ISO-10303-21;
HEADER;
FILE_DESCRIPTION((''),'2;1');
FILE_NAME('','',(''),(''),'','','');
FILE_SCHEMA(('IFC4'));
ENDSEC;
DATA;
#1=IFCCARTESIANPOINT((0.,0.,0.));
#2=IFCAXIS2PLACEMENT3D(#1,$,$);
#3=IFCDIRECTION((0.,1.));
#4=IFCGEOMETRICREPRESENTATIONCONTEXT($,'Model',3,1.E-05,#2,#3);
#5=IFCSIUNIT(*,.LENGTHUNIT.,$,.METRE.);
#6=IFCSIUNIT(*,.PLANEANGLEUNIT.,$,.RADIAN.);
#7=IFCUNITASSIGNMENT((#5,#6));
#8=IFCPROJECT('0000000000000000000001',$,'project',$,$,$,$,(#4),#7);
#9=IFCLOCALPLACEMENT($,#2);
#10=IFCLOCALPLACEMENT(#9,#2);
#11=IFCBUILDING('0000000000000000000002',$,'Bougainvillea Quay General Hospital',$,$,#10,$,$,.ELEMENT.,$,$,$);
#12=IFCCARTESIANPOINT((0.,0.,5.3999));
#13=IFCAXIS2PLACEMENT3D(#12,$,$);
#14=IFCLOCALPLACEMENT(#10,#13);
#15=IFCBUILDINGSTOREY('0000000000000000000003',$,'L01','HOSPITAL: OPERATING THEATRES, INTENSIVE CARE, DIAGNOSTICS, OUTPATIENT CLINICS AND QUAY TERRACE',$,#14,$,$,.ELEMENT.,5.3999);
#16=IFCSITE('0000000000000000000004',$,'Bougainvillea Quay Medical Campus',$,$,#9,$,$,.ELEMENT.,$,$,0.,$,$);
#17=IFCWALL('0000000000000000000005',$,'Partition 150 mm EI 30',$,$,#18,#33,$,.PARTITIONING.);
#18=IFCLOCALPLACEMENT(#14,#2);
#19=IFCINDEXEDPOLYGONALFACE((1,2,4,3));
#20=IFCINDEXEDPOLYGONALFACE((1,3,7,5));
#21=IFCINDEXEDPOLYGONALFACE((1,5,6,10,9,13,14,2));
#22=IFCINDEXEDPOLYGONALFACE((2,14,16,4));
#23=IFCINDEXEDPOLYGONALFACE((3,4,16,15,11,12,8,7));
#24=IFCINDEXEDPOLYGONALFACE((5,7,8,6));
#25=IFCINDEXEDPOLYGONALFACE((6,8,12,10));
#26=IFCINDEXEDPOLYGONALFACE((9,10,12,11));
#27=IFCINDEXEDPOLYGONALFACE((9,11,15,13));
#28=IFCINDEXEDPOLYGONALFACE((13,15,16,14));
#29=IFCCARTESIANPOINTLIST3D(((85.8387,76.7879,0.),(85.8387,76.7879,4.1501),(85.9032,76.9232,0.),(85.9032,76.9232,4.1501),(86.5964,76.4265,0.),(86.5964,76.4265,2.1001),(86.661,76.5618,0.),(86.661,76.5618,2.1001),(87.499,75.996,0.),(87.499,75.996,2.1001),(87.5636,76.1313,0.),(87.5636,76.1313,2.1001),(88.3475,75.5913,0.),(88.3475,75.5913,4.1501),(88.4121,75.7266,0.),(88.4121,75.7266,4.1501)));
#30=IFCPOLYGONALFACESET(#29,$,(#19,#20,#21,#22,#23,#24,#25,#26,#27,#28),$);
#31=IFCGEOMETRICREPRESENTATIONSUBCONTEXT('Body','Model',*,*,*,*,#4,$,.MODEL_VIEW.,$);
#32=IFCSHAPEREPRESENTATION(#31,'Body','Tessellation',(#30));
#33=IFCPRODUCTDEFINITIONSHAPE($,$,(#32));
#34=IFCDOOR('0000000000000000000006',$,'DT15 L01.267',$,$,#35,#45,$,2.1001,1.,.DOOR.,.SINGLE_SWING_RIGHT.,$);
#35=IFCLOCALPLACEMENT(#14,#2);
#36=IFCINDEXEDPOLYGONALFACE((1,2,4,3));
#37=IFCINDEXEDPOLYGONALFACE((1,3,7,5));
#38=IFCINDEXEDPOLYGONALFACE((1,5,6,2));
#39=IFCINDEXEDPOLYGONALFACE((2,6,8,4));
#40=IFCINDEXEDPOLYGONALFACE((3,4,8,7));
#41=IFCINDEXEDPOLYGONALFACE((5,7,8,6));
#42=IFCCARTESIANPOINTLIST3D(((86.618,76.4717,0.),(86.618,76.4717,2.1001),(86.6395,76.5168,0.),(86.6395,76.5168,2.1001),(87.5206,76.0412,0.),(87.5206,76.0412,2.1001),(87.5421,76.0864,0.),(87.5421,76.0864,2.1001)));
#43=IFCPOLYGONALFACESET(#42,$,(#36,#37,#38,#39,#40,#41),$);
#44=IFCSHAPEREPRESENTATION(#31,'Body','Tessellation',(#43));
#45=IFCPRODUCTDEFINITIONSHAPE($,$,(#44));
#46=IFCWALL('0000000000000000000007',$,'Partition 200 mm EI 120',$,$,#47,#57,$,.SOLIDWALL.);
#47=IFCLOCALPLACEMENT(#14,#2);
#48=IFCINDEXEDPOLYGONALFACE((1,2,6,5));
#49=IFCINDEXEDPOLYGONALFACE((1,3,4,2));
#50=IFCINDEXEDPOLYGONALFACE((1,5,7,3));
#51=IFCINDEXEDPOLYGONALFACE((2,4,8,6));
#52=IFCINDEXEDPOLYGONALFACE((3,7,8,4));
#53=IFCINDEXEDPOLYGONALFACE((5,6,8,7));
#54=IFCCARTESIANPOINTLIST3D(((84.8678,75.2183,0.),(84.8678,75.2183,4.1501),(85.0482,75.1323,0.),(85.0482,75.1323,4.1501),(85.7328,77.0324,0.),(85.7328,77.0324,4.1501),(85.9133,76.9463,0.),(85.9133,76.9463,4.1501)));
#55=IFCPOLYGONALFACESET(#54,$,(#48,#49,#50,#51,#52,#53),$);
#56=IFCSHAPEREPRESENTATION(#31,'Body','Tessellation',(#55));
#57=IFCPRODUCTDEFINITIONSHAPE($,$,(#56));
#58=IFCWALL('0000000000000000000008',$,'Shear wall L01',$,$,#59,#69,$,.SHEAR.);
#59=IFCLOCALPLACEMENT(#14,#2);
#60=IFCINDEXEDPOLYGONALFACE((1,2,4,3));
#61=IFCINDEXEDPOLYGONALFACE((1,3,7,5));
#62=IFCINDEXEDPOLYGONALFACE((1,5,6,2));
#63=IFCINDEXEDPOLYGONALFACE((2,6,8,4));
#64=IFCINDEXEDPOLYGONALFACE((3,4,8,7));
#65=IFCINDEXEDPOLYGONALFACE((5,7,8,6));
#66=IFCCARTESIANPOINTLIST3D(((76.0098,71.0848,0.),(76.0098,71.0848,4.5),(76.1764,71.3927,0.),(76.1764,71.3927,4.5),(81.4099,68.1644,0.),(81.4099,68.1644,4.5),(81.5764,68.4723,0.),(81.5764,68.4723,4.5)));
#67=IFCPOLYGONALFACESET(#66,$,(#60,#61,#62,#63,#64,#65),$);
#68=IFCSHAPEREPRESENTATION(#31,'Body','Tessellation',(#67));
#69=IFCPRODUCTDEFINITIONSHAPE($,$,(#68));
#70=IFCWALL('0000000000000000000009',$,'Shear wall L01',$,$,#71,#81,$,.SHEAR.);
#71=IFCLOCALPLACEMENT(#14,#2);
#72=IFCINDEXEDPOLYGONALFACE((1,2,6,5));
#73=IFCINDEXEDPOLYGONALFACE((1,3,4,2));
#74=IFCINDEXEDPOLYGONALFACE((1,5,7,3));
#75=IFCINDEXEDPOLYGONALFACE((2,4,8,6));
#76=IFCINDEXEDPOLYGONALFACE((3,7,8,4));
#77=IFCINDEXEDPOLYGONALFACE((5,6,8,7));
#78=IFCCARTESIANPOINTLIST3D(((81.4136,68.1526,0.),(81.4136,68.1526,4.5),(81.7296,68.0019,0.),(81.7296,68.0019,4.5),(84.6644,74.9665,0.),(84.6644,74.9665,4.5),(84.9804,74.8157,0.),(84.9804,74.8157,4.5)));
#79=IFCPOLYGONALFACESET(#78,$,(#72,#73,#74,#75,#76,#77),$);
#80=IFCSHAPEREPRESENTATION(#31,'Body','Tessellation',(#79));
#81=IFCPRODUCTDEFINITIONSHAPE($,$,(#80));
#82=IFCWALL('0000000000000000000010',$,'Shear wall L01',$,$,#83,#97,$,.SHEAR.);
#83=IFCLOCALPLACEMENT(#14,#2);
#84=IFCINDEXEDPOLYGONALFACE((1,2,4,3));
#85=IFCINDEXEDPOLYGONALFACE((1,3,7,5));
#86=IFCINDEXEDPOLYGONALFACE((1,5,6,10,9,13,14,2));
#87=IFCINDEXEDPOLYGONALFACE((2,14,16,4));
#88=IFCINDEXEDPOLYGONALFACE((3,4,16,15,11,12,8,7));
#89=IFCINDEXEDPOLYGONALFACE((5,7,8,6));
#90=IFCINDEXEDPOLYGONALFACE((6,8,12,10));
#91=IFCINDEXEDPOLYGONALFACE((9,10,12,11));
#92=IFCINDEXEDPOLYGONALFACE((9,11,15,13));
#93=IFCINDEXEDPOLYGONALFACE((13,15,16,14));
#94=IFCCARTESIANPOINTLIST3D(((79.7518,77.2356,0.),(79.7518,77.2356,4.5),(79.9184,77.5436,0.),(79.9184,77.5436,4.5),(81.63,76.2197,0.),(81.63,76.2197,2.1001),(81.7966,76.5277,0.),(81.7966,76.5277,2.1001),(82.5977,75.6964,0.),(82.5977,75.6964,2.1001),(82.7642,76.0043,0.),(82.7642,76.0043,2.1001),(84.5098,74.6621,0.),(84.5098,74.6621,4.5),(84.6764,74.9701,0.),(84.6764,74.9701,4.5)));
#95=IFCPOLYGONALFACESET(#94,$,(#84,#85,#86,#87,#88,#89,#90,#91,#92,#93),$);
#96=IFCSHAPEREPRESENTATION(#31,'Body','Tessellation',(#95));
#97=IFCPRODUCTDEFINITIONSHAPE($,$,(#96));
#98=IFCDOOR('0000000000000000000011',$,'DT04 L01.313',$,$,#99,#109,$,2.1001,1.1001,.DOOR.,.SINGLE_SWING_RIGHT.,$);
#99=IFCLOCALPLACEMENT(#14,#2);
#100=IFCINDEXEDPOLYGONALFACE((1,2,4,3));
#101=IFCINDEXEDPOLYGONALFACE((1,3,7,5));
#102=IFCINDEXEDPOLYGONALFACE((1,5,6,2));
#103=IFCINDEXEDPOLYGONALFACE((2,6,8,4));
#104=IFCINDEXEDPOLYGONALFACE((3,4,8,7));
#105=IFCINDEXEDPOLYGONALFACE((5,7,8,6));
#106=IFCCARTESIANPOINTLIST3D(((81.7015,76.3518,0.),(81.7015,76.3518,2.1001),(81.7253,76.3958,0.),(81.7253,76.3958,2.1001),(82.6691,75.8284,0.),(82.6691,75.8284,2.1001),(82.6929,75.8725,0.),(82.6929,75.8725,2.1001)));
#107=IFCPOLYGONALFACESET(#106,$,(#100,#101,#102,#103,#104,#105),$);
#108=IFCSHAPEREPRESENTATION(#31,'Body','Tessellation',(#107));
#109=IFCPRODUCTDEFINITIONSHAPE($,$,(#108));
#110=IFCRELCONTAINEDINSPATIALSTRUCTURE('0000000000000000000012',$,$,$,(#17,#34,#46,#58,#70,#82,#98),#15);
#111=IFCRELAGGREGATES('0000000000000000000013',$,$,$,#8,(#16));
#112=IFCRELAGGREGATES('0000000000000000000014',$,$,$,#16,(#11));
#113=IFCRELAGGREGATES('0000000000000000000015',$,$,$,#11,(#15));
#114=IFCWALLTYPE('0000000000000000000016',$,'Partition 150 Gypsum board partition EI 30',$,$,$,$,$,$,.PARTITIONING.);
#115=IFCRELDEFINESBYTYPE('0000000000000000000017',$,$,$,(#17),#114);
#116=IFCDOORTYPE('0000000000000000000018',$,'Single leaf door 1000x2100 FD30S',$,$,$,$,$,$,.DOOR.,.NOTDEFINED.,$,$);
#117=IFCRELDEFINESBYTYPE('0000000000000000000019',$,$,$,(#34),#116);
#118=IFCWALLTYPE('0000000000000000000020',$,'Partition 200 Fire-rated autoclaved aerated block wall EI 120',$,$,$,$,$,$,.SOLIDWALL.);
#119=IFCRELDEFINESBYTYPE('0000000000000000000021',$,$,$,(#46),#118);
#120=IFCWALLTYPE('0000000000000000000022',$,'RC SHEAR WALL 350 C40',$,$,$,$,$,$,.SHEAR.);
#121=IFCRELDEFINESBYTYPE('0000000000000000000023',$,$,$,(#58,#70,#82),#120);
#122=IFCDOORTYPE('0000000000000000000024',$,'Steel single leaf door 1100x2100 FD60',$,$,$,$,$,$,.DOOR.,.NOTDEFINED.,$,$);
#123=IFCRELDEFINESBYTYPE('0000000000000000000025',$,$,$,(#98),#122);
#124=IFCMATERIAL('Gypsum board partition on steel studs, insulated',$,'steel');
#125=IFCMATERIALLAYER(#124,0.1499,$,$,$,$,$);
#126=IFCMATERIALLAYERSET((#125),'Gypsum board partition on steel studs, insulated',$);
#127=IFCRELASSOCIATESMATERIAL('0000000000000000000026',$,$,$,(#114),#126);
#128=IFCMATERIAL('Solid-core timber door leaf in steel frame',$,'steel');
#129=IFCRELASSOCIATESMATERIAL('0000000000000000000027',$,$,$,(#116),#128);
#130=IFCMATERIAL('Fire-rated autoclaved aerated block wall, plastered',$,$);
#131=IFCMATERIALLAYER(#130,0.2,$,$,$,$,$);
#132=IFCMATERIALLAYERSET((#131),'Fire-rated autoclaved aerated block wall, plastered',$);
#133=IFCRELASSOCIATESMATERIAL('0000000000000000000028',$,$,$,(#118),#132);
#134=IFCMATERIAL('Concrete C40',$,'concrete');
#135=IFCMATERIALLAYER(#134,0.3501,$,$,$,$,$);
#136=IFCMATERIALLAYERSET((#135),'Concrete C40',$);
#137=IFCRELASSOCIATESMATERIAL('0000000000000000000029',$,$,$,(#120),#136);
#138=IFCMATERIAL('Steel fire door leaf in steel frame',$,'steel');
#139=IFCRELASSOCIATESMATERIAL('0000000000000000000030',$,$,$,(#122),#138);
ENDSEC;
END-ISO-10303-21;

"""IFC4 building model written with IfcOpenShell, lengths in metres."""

from ifc_helpers import new_model, si_unit, direction, frame, frame_2d, origin, place, context, subcontext, project, spatial, rectangle, extrude, material, layer, layer_set, type_object, element, fill, save


model = new_model("IFC4")

# Units and contexts
model_context = context("Model", 3, precision=1e-05, world=origin(), true_north=direction((0.0, 1.0)))
body_context = subcontext(model_context, "Body", "Model", "MODEL_VIEW")
ifc_project = project(units=[si_unit("LENGTHUNIT", "METRE"), si_unit("PLANEANGLEUNIT", "RADIAN")], contexts=[model_context])

# Site, building, storey
site_placement = place(None, origin())
site = spatial("IfcSite", under=ifc_project, at=site_placement, Name="Bougainvillea Quay Medical Campus", CompositionType="ELEMENT", RefElevation=0.0)
building_placement = place(site_placement, origin())
building = spatial("IfcBuilding", under=site, at=building_placement, Name="Bougainvillea Quay General Hospital", CompositionType="ELEMENT")
storey_placement = place(building_placement, frame((0.0, 0.0, 5.3999)))
storey = spatial("IfcBuildingStorey", under=building, at=storey_placement, Name="L01", Description="HOSPITAL: OPERATING THEATRES, INTENSIVE CARE, DIAGNOSTICS, OUTPATIENT CLINICS AND QUAY TERRACE", CompositionType="ELEMENT", Elevation=5.3999)

# Wall, opening, door
ifc_material_1 = material(Name="Gypsum board partition on steel studs, insulated", Category="steel")
ifc_layer_1 = layer(ifc_material_1, 0.1499)
ifc_layer_set_1 = layer_set([ifc_layer_1], Name="Gypsum board partition on steel studs, insulated")
wall_type_1 = type_object("IfcWallType", Name="Partition 150 Gypsum board partition EI 30", PredefinedType="PARTITIONING", material=ifc_layer_set_1)
wall_1_placement = place(storey_placement, frame((85.8711, 76.8555, 0.0), z_axis=(0.0, 0.0, 1.0), x_axis=(0.902599, -0.430482, 0.0)))
wall_1 = element("IfcWall", 1, at=wall_1_placement, inside=storey, type_object=wall_type_1, Name="Partition 150 mm EI 30", PredefinedType="PARTITIONING", context=body_context, shape_type="SweptSolid", body=[
    extrude(rectangle(XDim=2.7795, YDim=0.1499, at=frame_2d((1.3896, 0.0))), origin(), (0.0, 0.0, 1.0), 4.1501),
])
opening_1_placement = place(wall_1_placement, frame((0.8394, 0.0, 0.0)))
opening_1 = element("IfcOpeningElement", 2, at=opening_1_placement, cuts=wall_1, PredefinedType="OPENING", context=body_context, shape_type="SweptSolid", body=[
    extrude(rectangle(XDim=1.0, YDim=2.1001, at=frame_2d((0.5, 1.05))), frame((0.0, 0.085, 0.0), z_axis=(0.0, -1.0, 0.0), x_axis=(1.0, 0.0, 0.0)), (0.0, 0.0, 1.0), 0.1699),
])
ifc_material_2 = material(Name="Solid-core timber door leaf in steel frame", Category="steel")
door_type_1 = type_object("IfcDoorType", Name="Single leaf door 1000x2100 FD30S", OperationType="NOTDEFINED", PredefinedType="DOOR", material=ifc_material_2)
door_1_placement = place(opening_1_placement, frame((1.0, 0.0, 0.0), z_axis=(0.0, 0.0, 1.0), x_axis=(-1.0, 0.0, 0.0)))
door_1 = element("IfcDoor", 3, at=door_1_placement, inside=storey, type_object=door_type_1, Name="DT15 L01.267", OperationType="SINGLE_SWING_RIGHT", OverallHeight=2.1001, OverallWidth=1.0, PredefinedType="DOOR", context=body_context, shape_type="SweptSolid", body=[
    extrude(rectangle(XDim=1.0, YDim=2.1001, at=frame_2d((0.5, 1.05))), frame((0.0, 0.0249, 0.0), z_axis=(0.0, -1.0, 0.0), x_axis=(1.0, 0.0, 0.0)), (0.0, 0.0, 1.0), 0.05),
])
fill(opening_1, door_1)

# Walls
ifc_material_3 = material(Name="Fire-rated autoclaved aerated block wall, plastered")
ifc_layer_2 = layer(ifc_material_3, 0.2)
ifc_layer_set_2 = layer_set([ifc_layer_2], Name="Fire-rated autoclaved aerated block wall, plastered")
wall_type_2 = type_object("IfcWallType", Name="Partition 200 Fire-rated autoclaved aerated block wall EI 120", PredefinedType="SOLIDWALL", material=ifc_layer_set_2)
wall_2_placement = place(storey_placement, frame((84.958, 75.1753, 0.0), z_axis=(0.0, 0.0, 1.0), x_axis=(0.430419, 0.902629, 0.0)))
element("IfcWall", 4, at=wall_2_placement, inside=storey, type_object=wall_type_2, Name="Partition 200 mm EI 120", PredefinedType="SOLIDWALL", context=body_context, shape_type="SweptSolid", body=[
    extrude(rectangle(XDim=2.0098, YDim=0.2, at=frame_2d((1.0049, 0.0))), origin(), (0.0, 0.0, 1.0), 4.1501),
])
ifc_material_4 = material(Name="Concrete C40", Category="concrete")
ifc_layer_3 = layer(ifc_material_4, 0.3501)
ifc_layer_set_3 = layer_set([ifc_layer_3], Name="Concrete C40")
wall_type_3 = type_object("IfcWallType", Name="RC SHEAR WALL 350 C40", PredefinedType="SHEAR", material=ifc_layer_set_3)
wall_3_placement = place(storey_placement, frame((81.4932, 68.3184, 0.0), z_axis=(0.0, 0.0, 1.0), x_axis=(-0.87961, 0.475695, 0.0)))
element("IfcWall", 5, at=wall_3_placement, inside=storey, type_object=wall_type_3, Name="Shear wall L01", PredefinedType="SHEAR", context=body_context, shape_type="SweptSolid", body=[
    extrude(rectangle(XDim=6.1392, YDim=0.3501, at=frame_2d((3.0696, 0.0))), origin(), (0.0, 0.0, 1.0), 4.5),
])
wall_4_placement = place(storey_placement, frame((81.5715, 68.0771, 0.0), z_axis=(0.0, 0.0, 1.0), x_axis=(0.430592, 0.902546, 0.0)))
element("IfcWall", 6, at=wall_4_placement, inside=storey, type_object=wall_type_3, Name="Shear wall L01", PredefinedType="SHEAR", context=body_context, shape_type="SweptSolid", body=[
    extrude(rectangle(XDim=7.5496, YDim=0.3501, at=frame_2d((3.7749, 0.0))), origin(), (0.0, 0.0, 1.0), 4.5),
])

# Wall, opening, door
wall_5_placement = place(storey_placement, frame((84.593, 74.8162, 0.0), z_axis=(0.0, 0.0, 1.0), x_axis=(-0.879586, 0.475741, 0.0)))
wall_5 = element("IfcWall", 7, at=wall_5_placement, inside=storey, type_object=wall_type_3, Name="Shear wall L01", PredefinedType="SHEAR", context=body_context, shape_type="SweptSolid", body=[
    extrude(rectangle(XDim=5.4094, YDim=0.3501, at=frame_2d((2.7046, 0.0))), origin(), (0.0, 0.0, 1.0), 4.5),
])
opening_2_placement = place(wall_5_placement, frame((2.1738, 0.0, 0.0)))
opening_2 = element("IfcOpeningElement", 8, at=opening_2_placement, cuts=wall_5, PredefinedType="OPENING", context=body_context, shape_type="SweptSolid", body=[
    extrude(rectangle(XDim=1.1001, YDim=2.1001, at=frame_2d((0.55, 1.05))), frame((0.0, 0.1851, 0.0), z_axis=(0.0, -1.0, 0.0), x_axis=(1.0, 0.0, 0.0)), (0.0, 0.0, 1.0), 0.3701),
])
ifc_material_5 = material(Name="Steel fire door leaf in steel frame", Category="steel")
door_type_2 = type_object("IfcDoorType", Name="Steel single leaf door 1100x2100 FD60", OperationType="NOTDEFINED", PredefinedType="DOOR", material=ifc_material_5)
door_2_placement = place(opening_2_placement, origin())
door_2 = element("IfcDoor", 9, at=door_2_placement, inside=storey, type_object=door_type_2, Name="DT04 L01.313", OperationType="SINGLE_SWING_RIGHT", OverallHeight=2.1001, OverallWidth=1.1001, PredefinedType="DOOR", context=body_context, shape_type="SweptSolid", body=[
    extrude(rectangle(XDim=1.1001, YDim=2.1001, at=frame_2d((0.55, 1.05))), frame((0.0, 0.0249, 0.0), z_axis=(0.0, -1.0, 0.0), x_axis=(1.0, 0.0, 0.0)), (0.0, 0.0, 1.0), 0.05),
])
fill(opening_2, door_2)

save(model, "model.ifc")
